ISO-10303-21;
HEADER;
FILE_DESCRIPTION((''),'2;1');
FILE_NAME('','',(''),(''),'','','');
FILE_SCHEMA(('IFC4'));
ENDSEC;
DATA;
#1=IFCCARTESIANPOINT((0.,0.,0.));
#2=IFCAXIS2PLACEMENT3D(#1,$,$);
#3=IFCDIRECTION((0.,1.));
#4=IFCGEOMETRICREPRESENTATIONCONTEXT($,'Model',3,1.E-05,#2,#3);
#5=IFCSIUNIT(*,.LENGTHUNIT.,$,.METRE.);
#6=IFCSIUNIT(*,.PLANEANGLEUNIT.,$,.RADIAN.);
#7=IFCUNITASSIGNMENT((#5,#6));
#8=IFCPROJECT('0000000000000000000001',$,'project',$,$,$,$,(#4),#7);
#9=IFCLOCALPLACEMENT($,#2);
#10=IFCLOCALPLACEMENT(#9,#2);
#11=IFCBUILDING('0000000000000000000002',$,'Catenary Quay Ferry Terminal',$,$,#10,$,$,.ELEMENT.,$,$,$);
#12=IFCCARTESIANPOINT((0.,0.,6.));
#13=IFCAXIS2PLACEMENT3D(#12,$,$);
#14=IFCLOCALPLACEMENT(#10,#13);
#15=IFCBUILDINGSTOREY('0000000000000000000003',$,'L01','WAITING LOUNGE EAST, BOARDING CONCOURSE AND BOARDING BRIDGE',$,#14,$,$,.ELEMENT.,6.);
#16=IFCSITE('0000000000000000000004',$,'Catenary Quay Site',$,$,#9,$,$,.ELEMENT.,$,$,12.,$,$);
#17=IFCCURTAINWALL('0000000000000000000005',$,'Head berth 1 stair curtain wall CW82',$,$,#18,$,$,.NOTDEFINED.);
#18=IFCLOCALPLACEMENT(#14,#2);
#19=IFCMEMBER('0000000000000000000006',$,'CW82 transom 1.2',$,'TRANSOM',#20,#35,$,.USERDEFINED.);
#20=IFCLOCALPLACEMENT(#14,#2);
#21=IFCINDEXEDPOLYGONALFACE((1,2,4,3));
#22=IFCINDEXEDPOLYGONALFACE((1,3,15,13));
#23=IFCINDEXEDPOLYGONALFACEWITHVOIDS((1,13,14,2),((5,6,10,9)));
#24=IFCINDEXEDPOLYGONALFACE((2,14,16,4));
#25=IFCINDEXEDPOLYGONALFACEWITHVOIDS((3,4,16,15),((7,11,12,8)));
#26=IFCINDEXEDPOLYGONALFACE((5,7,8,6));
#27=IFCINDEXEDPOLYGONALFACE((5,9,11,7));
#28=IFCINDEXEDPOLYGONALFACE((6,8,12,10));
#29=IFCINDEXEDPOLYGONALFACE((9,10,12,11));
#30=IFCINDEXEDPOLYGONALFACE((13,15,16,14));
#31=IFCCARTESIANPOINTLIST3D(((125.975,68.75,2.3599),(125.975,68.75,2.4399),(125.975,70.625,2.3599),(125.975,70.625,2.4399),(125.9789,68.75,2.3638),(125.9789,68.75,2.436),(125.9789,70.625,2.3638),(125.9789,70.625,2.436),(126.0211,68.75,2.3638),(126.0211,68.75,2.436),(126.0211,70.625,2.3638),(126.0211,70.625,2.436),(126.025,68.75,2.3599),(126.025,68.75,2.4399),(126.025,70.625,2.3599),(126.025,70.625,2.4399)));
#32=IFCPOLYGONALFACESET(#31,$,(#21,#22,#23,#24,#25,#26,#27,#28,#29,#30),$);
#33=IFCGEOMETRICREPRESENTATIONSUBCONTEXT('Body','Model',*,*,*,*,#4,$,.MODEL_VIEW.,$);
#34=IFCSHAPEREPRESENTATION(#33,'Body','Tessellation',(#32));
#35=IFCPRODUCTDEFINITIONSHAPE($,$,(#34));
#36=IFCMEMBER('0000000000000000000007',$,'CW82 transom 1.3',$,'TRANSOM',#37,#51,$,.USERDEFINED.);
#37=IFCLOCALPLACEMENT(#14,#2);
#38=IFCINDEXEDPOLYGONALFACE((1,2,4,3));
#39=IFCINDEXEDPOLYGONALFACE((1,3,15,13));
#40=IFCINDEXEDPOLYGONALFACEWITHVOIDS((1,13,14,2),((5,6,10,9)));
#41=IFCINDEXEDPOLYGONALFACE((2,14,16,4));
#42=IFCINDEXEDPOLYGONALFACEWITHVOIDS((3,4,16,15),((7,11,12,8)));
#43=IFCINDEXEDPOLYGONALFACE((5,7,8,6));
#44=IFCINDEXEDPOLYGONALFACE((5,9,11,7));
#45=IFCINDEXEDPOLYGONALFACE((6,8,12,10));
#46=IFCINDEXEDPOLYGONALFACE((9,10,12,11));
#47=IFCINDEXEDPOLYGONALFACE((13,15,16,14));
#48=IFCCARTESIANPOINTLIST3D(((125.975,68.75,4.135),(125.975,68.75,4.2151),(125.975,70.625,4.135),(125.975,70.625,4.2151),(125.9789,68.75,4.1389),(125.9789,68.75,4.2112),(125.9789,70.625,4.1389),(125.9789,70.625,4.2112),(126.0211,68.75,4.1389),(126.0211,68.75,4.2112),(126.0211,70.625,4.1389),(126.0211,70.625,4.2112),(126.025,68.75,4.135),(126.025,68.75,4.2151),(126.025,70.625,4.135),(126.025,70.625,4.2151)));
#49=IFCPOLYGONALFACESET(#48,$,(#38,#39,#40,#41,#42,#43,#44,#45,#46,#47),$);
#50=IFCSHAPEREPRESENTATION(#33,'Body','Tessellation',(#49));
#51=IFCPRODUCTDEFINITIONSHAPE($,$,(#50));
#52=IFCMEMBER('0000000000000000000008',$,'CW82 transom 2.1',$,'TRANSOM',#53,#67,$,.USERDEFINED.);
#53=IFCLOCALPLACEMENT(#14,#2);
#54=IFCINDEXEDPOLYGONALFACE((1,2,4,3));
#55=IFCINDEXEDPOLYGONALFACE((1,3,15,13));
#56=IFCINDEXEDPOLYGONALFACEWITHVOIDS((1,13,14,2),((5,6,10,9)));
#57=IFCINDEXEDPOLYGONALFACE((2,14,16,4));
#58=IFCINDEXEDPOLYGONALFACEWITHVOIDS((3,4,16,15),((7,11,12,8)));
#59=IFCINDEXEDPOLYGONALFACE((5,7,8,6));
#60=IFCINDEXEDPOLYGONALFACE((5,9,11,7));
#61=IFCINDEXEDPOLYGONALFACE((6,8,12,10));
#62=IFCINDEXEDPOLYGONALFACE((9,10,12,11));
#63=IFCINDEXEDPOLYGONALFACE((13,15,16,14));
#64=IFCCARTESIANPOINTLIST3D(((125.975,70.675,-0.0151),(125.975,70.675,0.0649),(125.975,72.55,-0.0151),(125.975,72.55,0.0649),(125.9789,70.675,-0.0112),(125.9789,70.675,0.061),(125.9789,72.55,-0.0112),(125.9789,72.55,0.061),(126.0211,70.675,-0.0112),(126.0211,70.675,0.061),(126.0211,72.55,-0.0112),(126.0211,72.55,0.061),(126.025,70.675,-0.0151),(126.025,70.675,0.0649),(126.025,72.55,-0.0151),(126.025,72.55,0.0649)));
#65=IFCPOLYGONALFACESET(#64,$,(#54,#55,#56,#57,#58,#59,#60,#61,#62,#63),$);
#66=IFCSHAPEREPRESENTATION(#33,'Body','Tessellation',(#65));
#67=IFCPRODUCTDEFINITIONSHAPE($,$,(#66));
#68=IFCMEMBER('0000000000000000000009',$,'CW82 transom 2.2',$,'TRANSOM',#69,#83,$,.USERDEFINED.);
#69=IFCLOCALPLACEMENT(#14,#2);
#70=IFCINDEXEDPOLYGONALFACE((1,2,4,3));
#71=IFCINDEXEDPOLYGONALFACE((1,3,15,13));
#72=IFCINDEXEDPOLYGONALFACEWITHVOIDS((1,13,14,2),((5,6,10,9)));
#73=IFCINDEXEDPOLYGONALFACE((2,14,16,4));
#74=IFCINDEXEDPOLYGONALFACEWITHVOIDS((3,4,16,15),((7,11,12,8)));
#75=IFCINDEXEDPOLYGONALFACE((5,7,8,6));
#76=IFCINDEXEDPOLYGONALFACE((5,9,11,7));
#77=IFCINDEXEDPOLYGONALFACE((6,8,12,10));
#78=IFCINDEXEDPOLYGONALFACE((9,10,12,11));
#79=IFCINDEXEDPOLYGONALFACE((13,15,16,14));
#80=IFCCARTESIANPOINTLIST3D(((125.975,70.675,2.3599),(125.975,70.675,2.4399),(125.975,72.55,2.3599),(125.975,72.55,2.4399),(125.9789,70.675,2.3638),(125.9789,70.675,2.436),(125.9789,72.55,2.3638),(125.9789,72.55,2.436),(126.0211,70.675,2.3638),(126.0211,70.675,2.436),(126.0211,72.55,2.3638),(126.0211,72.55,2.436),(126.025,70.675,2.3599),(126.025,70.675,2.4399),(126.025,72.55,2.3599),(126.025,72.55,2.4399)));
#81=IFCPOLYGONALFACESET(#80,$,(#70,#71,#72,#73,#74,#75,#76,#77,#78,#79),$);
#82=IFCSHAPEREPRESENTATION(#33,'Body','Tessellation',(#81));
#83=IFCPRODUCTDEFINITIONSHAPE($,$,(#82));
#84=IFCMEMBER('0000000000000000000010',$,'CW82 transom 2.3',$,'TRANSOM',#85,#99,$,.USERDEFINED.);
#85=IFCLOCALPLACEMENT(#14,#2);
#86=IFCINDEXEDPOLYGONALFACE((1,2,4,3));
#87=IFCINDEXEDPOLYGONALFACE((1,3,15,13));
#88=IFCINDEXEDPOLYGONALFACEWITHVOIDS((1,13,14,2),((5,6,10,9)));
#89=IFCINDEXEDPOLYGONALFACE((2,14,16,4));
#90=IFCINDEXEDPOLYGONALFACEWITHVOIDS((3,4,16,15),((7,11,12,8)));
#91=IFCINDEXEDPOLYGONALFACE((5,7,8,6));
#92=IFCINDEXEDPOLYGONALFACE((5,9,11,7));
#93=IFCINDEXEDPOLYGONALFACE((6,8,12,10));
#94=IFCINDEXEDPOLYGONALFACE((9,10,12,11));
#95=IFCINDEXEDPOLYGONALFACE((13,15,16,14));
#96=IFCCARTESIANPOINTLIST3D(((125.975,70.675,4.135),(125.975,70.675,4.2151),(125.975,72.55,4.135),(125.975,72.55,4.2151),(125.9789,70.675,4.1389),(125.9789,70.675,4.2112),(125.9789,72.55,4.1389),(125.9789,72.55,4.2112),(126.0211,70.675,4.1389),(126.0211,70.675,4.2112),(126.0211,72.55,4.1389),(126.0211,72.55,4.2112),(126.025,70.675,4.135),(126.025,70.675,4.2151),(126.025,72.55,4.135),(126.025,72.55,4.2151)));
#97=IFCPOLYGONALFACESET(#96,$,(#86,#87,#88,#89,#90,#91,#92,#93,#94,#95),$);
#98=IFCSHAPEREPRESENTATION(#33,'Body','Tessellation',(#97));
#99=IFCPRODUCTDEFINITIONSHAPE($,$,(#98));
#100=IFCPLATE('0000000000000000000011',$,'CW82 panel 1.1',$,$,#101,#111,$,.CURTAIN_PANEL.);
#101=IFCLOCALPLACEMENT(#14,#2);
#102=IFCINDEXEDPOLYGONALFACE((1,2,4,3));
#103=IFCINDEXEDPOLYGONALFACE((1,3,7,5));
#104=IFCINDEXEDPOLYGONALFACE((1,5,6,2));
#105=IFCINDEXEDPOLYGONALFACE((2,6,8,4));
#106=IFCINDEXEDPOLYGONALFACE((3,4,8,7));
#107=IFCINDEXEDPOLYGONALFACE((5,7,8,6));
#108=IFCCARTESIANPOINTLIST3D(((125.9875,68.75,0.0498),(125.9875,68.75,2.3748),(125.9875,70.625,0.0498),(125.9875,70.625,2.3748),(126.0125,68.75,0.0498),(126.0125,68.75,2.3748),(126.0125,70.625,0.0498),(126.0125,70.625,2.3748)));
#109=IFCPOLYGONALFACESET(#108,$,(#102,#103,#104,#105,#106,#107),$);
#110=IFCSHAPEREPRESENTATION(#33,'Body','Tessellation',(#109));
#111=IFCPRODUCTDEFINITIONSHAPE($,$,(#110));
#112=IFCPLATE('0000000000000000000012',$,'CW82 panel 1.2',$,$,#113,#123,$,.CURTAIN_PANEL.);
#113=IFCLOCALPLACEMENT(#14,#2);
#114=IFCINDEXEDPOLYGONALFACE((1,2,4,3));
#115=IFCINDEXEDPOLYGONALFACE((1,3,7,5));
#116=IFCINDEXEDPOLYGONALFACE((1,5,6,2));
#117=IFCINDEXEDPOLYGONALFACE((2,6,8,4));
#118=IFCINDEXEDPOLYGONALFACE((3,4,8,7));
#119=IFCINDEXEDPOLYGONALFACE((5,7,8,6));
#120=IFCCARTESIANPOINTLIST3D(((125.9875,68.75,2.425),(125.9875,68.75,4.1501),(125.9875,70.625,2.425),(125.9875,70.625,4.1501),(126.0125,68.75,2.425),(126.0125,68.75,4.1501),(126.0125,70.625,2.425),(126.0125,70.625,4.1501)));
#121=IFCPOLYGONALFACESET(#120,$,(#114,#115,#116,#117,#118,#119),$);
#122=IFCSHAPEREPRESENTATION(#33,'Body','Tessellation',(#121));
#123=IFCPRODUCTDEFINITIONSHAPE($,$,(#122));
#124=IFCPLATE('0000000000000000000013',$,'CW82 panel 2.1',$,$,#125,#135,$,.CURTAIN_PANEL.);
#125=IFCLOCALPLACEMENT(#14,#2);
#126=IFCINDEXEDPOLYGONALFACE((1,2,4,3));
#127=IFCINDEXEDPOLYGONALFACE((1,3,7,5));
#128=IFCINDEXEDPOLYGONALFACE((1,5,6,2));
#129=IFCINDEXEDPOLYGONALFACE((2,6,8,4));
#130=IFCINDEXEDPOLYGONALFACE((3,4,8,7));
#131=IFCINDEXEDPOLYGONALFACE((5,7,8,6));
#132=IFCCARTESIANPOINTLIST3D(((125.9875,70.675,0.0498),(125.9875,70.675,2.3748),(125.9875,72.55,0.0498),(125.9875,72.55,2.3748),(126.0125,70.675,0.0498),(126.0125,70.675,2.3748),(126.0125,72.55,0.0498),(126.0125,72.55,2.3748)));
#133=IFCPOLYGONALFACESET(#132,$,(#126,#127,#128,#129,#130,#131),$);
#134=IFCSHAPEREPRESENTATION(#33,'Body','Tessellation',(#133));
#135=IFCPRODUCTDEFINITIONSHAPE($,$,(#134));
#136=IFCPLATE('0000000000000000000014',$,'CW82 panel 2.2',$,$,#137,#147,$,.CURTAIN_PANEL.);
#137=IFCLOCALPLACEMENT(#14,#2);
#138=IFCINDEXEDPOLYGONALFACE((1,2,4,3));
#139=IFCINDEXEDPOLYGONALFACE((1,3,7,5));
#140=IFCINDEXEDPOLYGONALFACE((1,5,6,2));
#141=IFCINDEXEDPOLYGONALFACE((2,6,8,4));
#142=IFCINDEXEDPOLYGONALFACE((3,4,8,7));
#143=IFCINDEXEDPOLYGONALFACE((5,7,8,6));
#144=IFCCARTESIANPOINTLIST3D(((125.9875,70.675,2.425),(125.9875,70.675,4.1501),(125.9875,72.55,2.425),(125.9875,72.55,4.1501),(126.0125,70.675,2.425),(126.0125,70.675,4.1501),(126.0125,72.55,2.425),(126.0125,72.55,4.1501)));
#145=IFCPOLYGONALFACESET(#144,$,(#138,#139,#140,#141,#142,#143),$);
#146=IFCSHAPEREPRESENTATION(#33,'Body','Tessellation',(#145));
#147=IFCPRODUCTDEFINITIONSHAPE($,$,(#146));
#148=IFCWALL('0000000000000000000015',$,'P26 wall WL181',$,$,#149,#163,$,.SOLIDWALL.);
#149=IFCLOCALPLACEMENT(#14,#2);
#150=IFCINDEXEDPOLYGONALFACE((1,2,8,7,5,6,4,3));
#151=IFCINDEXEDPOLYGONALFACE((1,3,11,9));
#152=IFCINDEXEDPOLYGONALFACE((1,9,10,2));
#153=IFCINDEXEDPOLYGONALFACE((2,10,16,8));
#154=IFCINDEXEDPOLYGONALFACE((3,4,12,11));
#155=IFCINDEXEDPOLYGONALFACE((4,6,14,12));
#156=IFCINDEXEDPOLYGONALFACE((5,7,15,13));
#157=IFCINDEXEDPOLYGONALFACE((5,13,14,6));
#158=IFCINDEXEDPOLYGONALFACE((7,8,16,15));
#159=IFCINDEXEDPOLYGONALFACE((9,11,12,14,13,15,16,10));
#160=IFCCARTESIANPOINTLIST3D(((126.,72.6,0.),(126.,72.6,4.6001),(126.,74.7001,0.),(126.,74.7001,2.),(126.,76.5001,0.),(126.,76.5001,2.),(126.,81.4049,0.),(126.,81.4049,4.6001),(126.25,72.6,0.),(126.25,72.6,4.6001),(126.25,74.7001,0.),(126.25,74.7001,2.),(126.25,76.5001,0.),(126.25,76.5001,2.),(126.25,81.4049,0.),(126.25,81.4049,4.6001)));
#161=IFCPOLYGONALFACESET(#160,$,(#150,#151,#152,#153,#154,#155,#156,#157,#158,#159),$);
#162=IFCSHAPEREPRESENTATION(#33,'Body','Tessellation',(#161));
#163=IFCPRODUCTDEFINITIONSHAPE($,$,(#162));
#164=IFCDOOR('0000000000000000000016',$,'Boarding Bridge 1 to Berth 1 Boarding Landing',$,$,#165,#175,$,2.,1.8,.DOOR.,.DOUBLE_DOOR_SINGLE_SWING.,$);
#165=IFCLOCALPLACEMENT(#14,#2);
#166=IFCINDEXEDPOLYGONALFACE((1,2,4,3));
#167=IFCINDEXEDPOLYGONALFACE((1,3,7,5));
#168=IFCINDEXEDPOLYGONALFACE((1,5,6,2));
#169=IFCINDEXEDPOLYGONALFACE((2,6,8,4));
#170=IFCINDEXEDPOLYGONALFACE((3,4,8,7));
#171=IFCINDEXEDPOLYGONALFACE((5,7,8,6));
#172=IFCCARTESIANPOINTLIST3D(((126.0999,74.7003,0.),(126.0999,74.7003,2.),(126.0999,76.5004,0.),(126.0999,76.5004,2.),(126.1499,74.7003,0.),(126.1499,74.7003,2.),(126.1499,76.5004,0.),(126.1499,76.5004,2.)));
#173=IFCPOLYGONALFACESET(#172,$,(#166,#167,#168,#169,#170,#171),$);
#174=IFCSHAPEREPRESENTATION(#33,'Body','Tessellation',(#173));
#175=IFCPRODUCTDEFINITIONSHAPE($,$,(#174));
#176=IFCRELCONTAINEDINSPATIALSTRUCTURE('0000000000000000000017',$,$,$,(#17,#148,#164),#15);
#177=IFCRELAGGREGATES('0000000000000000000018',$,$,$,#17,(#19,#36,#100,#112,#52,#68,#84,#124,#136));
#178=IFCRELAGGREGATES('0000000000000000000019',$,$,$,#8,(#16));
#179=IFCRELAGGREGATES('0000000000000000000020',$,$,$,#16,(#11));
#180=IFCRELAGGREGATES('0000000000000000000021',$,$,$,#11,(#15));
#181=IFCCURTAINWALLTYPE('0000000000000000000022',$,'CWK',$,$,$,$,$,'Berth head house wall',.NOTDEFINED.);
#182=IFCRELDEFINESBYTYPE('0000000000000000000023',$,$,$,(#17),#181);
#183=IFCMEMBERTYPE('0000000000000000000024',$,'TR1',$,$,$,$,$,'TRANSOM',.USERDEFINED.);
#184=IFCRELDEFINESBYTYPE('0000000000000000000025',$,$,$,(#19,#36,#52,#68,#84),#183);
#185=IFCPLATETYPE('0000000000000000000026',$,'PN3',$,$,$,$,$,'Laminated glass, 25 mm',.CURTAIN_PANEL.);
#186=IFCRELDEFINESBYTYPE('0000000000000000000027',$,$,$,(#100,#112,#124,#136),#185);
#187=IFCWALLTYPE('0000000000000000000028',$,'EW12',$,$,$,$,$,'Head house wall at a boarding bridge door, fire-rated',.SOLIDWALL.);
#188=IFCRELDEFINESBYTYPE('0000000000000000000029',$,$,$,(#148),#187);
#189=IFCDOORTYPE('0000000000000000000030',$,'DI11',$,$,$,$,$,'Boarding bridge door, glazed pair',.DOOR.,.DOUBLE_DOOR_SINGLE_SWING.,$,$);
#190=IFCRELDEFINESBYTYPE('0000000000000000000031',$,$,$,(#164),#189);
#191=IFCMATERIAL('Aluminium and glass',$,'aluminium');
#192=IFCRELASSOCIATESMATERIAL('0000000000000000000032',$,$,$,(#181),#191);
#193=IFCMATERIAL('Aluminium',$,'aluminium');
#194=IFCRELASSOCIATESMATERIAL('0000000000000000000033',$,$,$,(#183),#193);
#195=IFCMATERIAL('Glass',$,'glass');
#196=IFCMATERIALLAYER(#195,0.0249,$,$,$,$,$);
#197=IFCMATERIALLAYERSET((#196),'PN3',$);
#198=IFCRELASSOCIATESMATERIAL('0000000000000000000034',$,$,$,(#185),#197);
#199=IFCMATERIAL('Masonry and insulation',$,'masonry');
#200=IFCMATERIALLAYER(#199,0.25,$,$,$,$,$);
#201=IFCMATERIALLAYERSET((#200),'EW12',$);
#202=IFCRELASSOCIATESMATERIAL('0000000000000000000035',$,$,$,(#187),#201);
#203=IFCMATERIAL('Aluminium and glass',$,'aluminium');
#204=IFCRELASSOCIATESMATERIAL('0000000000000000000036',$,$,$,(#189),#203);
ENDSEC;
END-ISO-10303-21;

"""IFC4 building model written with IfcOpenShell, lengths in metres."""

from ifc_helpers import new_model, si_unit, direction, frame, frame_2d, origin, origin_2d, place, context, subcontext, project, spatial, rectangle, hollow_rectangle, extrude, material, layer, layer_set, material_profile, profile_set, type_object, element, fill, aggregate, save


model = new_model("IFC4")

# Units and contexts
model_context = context("Model", 3, precision=1e-05, world=origin(), true_north=direction((0.0, 1.0)))
body_context = subcontext(model_context, "Body", "Model", "MODEL_VIEW")
ifc_project = project(units=[si_unit("LENGTHUNIT", "METRE"), si_unit("PLANEANGLEUNIT", "RADIAN")], contexts=[model_context])

# Site, building, storey
site_placement = place(None, origin())
site = spatial("IfcSite", under=ifc_project, at=site_placement, Name="Catenary Quay Site", CompositionType="ELEMENT", RefElevation=12.0)
building_placement = place(site_placement, origin())
building = spatial("IfcBuilding", under=site, at=building_placement, Name="Catenary Quay Ferry Terminal", CompositionType="ELEMENT")
storey_placement = place(building_placement, frame((0.0, 0.0, 6.0)))
storey = spatial("IfcBuildingStorey", under=building, at=storey_placement, Name="L01", Description="WAITING LOUNGE EAST, BOARDING CONCOURSE AND BOARDING BRIDGE", CompositionType="ELEMENT", Elevation=6.0)

# Curtain wall, members, plates
ifc_material_1 = material(Name="Aluminium and glass", Category="aluminium")
curtain_wall_type = type_object("IfcCurtainWallType", Name="CWK", ElementType="Berth head house wall", PredefinedType="NOTDEFINED", material=ifc_material_1)
curtain_wall_placement = place(storey_placement, origin())
curtain_wall = element("IfcCurtainWall", 1, at=curtain_wall_placement, inside=storey, type_object=curtain_wall_type, Name="Head berth 1 stair curtain wall CW82", PredefinedType="NOTDEFINED")
ifc_material_2 = material(Name="Aluminium", Category="aluminium")
ifc_material_profile_1 = material_profile(ifc_material_2, hollow_rectangle(XDim=0.05, YDim=0.0801, WallThickness=0.0039, at=origin_2d()), Name="TR1")
ifc_profile_set_1 = profile_set([ifc_material_profile_1], Name="Aluminium")
member_type_1 = type_object("IfcMemberType", Name="TR1", ElementType="TRANSOM", PredefinedType="USERDEFINED", material=ifc_profile_set_1)
member_1_placement = place(storey_placement, frame((126.0, 68.75, 2.3999), z_axis=(0.0, 1.0, 0.0), x_axis=(-1.0, 0.0, 0.0)))
member_1 = element("IfcMember", 2, at=member_1_placement, type_object=member_type_1, Name="CW82 transom 1.2", ObjectType="TRANSOM", PredefinedType="USERDEFINED", context=body_context, shape_type="SweptSolid", body=[
    extrude(hollow_rectangle(XDim=0.05, YDim=0.0801, WallThickness=0.0039, at=origin_2d()), origin(), (0.0, 0.0, 1.0), 1.875),
])
member_2_placement = place(storey_placement, frame((126.0, 68.75, 4.175), z_axis=(0.0, 1.0, 0.0), x_axis=(-1.0, 0.0, 0.0)))
member_2 = element("IfcMember", 3, at=member_2_placement, type_object=member_type_1, Name="CW82 transom 1.3", ObjectType="TRANSOM", PredefinedType="USERDEFINED", context=body_context, shape_type="SweptSolid", body=[
    extrude(hollow_rectangle(XDim=0.05, YDim=0.0801, WallThickness=0.0039, at=origin_2d()), origin(), (0.0, 0.0, 1.0), 1.875),
])
member_3_placement = place(storey_placement, frame((126.0, 70.675, 0.0249), z_axis=(0.0, 1.0, 0.0), x_axis=(-1.0, 0.0, 0.0)))
member_3 = element("IfcMember", 4, at=member_3_placement, type_object=member_type_1, Name="CW82 transom 2.1", ObjectType="TRANSOM", PredefinedType="USERDEFINED", context=body_context, shape_type="SweptSolid", body=[
    extrude(hollow_rectangle(XDim=0.05, YDim=0.0801, WallThickness=0.0039, at=origin_2d()), origin(), (0.0, 0.0, 1.0), 1.875),
])
member_4_placement = place(storey_placement, frame((126.0, 70.675, 2.3999), z_axis=(0.0, 1.0, 0.0), x_axis=(-1.0, 0.0, 0.0)))
member_4 = element("IfcMember", 5, at=member_4_placement, type_object=member_type_1, Name="CW82 transom 2.2", ObjectType="TRANSOM", PredefinedType="USERDEFINED", context=body_context, shape_type="SweptSolid", body=[
    extrude(hollow_rectangle(XDim=0.05, YDim=0.0801, WallThickness=0.0039, at=origin_2d()), origin(), (0.0, 0.0, 1.0), 1.875),
])
member_5_placement = place(storey_placement, frame((126.0, 70.675, 4.175), z_axis=(0.0, 1.0, 0.0), x_axis=(-1.0, 0.0, 0.0)))
member_5 = element("IfcMember", 6, at=member_5_placement, type_object=member_type_1, Name="CW82 transom 2.3", ObjectType="TRANSOM", PredefinedType="USERDEFINED", context=body_context, shape_type="SweptSolid", body=[
    extrude(hollow_rectangle(XDim=0.05, YDim=0.0801, WallThickness=0.0039, at=origin_2d()), origin(), (0.0, 0.0, 1.0), 1.875),
])
ifc_material_3 = material(Name="Glass", Category="glass")
ifc_layer_1 = layer(ifc_material_3, 0.0249)
ifc_layer_set_1 = layer_set([ifc_layer_1], Name="PN3")
plate_type = type_object("IfcPlateType", Name="PN3", ElementType="Laminated glass, 25 mm", PredefinedType="CURTAIN_PANEL", material=ifc_layer_set_1)
plate_1_placement = place(storey_placement, frame((126.0, 69.6875, 0.0498), z_axis=(0.0, 0.0, 1.0), x_axis=(0.0, 1.0, 0.0)))
plate_1 = element("IfcPlate", 7, at=plate_1_placement, type_object=plate_type, Name="CW82 panel 1.1", PredefinedType="CURTAIN_PANEL", context=body_context, shape_type="SweptSolid", body=[
    extrude(rectangle(XDim=1.875, YDim=0.0249, at=origin_2d()), origin(), (0.0, 0.0, 1.0), 2.325),
])
plate_2_placement = place(storey_placement, frame((126.0, 69.6875, 2.425), z_axis=(0.0, 0.0, 1.0), x_axis=(0.0, 1.0, 0.0)))
plate_2 = element("IfcPlate", 8, at=plate_2_placement, type_object=plate_type, Name="CW82 panel 1.2", PredefinedType="CURTAIN_PANEL", context=body_context, shape_type="SweptSolid", body=[
    extrude(rectangle(XDim=1.875, YDim=0.0249, at=origin_2d()), origin(), (0.0, 0.0, 1.0), 1.7251),
])
plate_3_placement = place(storey_placement, frame((126.0, 71.6125, 0.0498), z_axis=(0.0, 0.0, 1.0), x_axis=(0.0, 1.0, 0.0)))
plate_3 = element("IfcPlate", 9, at=plate_3_placement, type_object=plate_type, Name="CW82 panel 2.1", PredefinedType="CURTAIN_PANEL", context=body_context, shape_type="SweptSolid", body=[
    extrude(rectangle(XDim=1.875, YDim=0.0249, at=origin_2d()), origin(), (0.0, 0.0, 1.0), 2.325),
])
plate_4_placement = place(storey_placement, frame((126.0, 71.6125, 2.425), z_axis=(0.0, 0.0, 1.0), x_axis=(0.0, 1.0, 0.0)))
plate_4 = element("IfcPlate", 10, at=plate_4_placement, type_object=plate_type, Name="CW82 panel 2.2", PredefinedType="CURTAIN_PANEL", context=body_context, shape_type="SweptSolid", body=[
    extrude(rectangle(XDim=1.875, YDim=0.0249, at=origin_2d()), origin(), (0.0, 0.0, 1.0), 1.7251),
])
aggregate(curtain_wall, [member_1, member_2, plate_1, plate_2, member_3, member_4, member_5, plate_3, plate_4])

# Wall, opening, door
ifc_material_4 = material(Name="Masonry and insulation", Category="masonry")
ifc_layer_2 = layer(ifc_material_4, 0.25)
ifc_layer_set_2 = layer_set([ifc_layer_2], Name="EW12")
wall_type_1 = type_object("IfcWallType", Name="EW12", ElementType="Head house wall at a boarding bridge door, fire-rated", PredefinedType="SOLIDWALL", material=ifc_layer_set_2)
wall_1_placement = place(storey_placement, frame((126.125, 72.6001, 0.0), z_axis=(0.0, 0.0, 1.0), x_axis=(0.0, 1.0, 0.0)))
wall_1 = element("IfcWall", 11, at=wall_1_placement, inside=storey, type_object=wall_type_1, Name="P26 wall WL181", PredefinedType="SOLIDWALL", context=body_context, shape_type="SweptSolid", body=[
    extrude(rectangle(XDim=8.8049, YDim=0.25, at=frame_2d((4.4023, 0.0))), origin(), (0.0, 0.0, 1.0), 4.6001),
])
opening_1_placement = place(wall_1_placement, frame((2.1001, 0.0, 0.0)))
opening_1 = element("IfcOpeningElement", 12, at=opening_1_placement, cuts=wall_1, PredefinedType="OPENING", context=body_context, shape_type="SweptSolid", body=[
    extrude(rectangle(XDim=1.8, YDim=2.0, at=frame_2d((0.8999, 1.0))), frame((0.0, 0.135, 0.0), z_axis=(0.0, -1.0, 0.0), x_axis=(1.0, 0.0, 0.0)), (0.0, 0.0, 1.0), 0.27),
])
ifc_material_5 = material(Name="Aluminium and glass", Category="aluminium")
door_type_1 = type_object("IfcDoorType", Name="DI11", ElementType="Boarding bridge door, glazed pair", OperationType="DOUBLE_DOOR_SINGLE_SWING", PredefinedType="DOOR", material=ifc_material_5)
door_1_placement = place(opening_1_placement, frame((1.8, 0.0, 0.0), z_axis=(0.0, 0.0, 1.0), x_axis=(-1.0, 0.0, 0.0)))
door_1 = element("IfcDoor", 13, at=door_1_placement, inside=storey, type_object=door_type_1, Name="Boarding Bridge 1 to Berth 1 Boarding Landing", OperationType="DOUBLE_DOOR_SINGLE_SWING", OverallHeight=2.0, OverallWidth=1.8, PredefinedType="DOOR", context=body_context, shape_type="SweptSolid", body=[
    extrude(rectangle(XDim=1.8, YDim=2.0, at=frame_2d((0.8999, 1.0))), frame((0.0, 0.0249, 0.0), z_axis=(0.0, -1.0, 0.0), x_axis=(1.0, 0.0, 0.0)), (0.0, 0.0, 1.0), 0.05),
])
fill(opening_1, door_1)

save(model, "model.ifc")
